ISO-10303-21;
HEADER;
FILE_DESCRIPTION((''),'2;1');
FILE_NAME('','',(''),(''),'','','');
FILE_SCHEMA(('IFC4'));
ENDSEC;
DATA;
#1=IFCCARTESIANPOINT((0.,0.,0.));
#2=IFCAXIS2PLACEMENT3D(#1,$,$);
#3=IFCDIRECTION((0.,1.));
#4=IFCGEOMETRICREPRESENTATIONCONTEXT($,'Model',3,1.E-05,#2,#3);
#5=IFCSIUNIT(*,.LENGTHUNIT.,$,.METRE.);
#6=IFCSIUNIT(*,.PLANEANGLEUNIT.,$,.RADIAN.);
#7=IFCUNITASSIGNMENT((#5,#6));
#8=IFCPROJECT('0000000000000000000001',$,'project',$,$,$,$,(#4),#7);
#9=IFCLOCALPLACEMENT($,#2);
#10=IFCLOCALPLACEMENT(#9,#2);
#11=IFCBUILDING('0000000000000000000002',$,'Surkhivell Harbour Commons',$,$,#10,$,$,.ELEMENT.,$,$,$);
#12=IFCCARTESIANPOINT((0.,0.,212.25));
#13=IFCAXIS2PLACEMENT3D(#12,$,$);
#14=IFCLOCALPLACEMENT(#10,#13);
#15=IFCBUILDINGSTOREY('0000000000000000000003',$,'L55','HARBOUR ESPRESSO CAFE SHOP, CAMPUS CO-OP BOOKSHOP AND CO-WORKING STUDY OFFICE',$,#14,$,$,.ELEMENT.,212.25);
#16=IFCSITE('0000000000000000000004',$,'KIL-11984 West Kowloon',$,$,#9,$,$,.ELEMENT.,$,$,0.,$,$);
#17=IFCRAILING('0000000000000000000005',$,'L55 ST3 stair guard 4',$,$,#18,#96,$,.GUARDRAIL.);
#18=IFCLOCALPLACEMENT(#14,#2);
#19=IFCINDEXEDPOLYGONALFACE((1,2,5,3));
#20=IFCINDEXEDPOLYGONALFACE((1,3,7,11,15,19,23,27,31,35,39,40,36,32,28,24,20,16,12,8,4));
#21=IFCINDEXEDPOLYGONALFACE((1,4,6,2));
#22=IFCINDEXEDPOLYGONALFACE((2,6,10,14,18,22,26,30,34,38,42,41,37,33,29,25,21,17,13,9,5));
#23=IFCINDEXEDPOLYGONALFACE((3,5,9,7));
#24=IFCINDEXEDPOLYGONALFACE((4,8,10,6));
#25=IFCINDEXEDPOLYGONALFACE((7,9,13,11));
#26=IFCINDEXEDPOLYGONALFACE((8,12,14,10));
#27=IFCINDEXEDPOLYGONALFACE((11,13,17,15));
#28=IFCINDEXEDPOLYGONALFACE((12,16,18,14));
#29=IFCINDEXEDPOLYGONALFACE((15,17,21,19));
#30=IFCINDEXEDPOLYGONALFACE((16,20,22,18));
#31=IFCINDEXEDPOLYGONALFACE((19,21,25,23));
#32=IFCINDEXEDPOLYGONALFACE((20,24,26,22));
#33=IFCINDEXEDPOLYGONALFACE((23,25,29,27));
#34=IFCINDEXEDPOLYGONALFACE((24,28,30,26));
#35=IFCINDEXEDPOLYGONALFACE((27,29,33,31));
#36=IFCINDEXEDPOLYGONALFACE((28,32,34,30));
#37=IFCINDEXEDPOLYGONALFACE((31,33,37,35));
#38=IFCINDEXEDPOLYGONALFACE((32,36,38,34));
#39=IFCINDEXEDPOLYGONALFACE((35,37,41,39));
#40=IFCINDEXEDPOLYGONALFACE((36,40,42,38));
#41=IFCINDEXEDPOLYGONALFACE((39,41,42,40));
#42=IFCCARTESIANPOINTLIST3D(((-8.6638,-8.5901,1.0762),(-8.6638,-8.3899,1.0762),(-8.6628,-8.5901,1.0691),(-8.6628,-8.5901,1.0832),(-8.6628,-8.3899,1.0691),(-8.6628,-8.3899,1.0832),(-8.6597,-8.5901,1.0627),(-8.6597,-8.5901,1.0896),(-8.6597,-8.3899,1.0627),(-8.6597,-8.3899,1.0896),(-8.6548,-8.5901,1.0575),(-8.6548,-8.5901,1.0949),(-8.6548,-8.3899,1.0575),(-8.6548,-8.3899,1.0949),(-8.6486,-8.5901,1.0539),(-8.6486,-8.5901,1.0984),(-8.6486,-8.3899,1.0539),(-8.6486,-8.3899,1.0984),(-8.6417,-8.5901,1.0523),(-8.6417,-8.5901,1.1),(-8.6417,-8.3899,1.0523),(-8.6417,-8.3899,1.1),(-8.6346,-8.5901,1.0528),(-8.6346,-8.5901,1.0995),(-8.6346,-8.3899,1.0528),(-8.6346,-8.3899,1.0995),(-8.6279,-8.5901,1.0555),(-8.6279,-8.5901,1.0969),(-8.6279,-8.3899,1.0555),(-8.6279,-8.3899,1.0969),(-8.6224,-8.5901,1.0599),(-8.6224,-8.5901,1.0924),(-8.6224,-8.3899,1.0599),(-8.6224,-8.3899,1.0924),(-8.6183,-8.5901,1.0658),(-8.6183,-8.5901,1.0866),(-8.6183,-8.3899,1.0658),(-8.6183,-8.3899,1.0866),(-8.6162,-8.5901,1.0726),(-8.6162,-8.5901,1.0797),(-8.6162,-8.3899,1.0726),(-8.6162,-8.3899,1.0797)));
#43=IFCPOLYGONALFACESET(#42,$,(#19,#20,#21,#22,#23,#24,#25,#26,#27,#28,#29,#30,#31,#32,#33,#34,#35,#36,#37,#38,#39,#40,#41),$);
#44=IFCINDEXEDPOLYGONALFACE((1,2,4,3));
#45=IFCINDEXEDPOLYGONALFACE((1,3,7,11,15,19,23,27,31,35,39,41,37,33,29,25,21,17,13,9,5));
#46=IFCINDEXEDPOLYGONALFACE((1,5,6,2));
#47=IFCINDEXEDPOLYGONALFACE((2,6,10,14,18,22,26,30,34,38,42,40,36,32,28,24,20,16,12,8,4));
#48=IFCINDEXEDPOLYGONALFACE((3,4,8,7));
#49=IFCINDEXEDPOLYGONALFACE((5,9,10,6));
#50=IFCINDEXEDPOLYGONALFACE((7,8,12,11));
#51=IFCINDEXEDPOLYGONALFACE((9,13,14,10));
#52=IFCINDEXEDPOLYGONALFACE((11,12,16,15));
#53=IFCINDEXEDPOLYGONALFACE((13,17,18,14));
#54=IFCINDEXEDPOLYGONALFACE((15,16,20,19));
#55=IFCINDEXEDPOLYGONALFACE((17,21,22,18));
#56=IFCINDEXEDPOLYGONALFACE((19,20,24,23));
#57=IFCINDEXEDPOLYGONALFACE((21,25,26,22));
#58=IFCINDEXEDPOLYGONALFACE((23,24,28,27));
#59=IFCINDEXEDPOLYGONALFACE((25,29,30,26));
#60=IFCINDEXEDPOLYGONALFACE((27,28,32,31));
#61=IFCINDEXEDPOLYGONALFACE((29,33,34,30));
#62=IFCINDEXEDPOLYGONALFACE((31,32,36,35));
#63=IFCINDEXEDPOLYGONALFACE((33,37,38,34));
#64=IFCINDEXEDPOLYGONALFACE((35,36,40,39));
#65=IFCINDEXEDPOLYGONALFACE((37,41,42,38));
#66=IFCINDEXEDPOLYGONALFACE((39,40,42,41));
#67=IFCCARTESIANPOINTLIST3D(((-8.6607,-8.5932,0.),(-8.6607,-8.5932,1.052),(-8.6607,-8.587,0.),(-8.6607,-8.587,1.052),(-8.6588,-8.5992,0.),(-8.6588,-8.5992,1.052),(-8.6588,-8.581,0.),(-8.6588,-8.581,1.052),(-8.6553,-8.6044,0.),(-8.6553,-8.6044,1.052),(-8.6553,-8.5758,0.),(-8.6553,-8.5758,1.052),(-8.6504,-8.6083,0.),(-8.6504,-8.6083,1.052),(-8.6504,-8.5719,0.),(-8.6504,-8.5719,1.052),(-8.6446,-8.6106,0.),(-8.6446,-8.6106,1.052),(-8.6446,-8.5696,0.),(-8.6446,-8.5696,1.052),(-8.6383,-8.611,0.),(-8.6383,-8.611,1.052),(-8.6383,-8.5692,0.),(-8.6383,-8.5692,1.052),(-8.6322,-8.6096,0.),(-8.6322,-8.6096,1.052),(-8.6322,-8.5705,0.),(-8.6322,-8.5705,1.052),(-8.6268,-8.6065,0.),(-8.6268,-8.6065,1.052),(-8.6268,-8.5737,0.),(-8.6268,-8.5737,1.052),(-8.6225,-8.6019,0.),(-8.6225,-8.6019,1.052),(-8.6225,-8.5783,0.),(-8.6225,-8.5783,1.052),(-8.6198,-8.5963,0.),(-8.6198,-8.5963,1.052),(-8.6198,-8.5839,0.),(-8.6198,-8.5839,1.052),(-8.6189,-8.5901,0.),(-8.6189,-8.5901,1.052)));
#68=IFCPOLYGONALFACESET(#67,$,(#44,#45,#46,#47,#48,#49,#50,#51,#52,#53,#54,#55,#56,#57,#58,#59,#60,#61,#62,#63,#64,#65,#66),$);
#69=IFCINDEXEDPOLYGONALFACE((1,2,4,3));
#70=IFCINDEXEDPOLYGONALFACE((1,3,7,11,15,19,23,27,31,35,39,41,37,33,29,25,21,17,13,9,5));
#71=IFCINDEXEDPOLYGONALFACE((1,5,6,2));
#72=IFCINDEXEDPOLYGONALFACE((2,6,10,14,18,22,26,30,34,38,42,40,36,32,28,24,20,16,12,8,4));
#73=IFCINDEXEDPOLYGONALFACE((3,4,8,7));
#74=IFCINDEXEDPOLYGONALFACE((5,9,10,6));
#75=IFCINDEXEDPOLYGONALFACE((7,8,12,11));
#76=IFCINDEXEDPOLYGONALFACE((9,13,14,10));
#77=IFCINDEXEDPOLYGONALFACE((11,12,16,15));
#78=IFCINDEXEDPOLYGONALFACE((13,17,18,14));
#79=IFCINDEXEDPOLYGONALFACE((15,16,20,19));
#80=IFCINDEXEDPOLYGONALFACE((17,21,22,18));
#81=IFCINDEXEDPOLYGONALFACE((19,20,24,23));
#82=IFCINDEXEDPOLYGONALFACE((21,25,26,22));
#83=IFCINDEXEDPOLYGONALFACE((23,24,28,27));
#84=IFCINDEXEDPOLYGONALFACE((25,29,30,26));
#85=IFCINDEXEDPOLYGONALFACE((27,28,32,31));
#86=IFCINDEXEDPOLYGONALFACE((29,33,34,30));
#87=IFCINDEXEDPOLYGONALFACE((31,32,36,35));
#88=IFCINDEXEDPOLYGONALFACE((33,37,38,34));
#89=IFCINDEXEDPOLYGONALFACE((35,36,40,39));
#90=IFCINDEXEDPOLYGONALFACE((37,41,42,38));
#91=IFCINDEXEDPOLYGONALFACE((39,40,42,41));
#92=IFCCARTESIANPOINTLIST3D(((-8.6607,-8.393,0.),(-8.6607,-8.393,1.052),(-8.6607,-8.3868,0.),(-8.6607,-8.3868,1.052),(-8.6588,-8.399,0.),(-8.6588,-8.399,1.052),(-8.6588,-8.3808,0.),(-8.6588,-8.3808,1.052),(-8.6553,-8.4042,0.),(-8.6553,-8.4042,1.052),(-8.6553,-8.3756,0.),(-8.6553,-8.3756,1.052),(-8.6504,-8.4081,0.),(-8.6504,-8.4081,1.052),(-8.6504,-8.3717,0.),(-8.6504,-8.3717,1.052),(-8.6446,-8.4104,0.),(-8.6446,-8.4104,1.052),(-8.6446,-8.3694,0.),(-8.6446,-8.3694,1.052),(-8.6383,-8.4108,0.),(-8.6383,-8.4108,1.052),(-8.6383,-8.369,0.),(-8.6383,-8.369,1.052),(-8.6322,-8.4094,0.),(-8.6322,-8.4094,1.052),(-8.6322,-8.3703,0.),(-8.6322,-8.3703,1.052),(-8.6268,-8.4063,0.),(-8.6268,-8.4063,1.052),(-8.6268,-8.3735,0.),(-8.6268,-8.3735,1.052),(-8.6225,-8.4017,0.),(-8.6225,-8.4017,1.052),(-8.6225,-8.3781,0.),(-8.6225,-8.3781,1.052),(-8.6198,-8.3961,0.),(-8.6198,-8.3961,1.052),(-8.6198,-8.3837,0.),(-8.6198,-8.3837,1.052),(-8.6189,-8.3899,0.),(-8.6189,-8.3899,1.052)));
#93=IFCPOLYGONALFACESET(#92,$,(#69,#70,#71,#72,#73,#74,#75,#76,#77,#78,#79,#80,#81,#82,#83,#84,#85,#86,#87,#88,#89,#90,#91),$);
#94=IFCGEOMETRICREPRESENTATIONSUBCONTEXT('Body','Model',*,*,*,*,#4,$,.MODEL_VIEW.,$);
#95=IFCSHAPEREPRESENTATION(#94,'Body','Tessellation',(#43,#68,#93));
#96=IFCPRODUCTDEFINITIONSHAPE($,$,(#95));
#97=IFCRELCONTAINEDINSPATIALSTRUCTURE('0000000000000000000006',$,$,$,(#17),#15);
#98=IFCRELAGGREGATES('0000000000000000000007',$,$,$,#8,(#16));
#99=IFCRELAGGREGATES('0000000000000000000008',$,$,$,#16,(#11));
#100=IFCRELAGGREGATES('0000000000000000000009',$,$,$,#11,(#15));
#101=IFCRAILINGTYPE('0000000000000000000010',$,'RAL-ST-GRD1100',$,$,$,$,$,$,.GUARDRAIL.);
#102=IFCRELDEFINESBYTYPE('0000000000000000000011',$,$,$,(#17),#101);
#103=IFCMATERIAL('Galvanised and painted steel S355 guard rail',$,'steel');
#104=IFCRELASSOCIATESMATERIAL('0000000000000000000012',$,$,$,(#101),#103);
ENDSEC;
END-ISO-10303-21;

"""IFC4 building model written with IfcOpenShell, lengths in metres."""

from ifc_helpers import new_model, si_unit, direction, frame, origin, origin_2d, place, context, subcontext, project, spatial, circle, extrude, material, type_object, element, save


model = new_model("IFC4")

# Units and contexts
model_context = context("Model", 3, precision=1e-05, world=origin(), true_north=direction((0.0, 1.0)))
body_context = subcontext(model_context, "Body", "Model", "MODEL_VIEW")
ifc_project = project(units=[si_unit("LENGTHUNIT", "METRE"), si_unit("PLANEANGLEUNIT", "RADIAN")], contexts=[model_context])

# Site, building, storey
site_placement = place(None, origin())
site = spatial("IfcSite", under=ifc_project, at=site_placement, Name="KIL-11984 West Kowloon", CompositionType="ELEMENT", RefElevation=0.0)
building_placement = place(site_placement, origin())
building = spatial("IfcBuilding", under=site, at=building_placement, Name="Surkhivell Harbour Commons", CompositionType="ELEMENT")
storey_placement = place(building_placement, frame((0.0, 0.0, 212.25)))
storey = spatial("IfcBuildingStorey", under=building, at=storey_placement, Name="L55", Description="HARBOUR ESPRESSO CAFE SHOP, CAMPUS CO-OP BOOKSHOP AND CO-WORKING STUDY OFFICE", CompositionType="ELEMENT", Elevation=212.25)

# Railing
ifc_material_1 = material(Name="Galvanised and painted steel S355 guard rail", Category="steel")
railing_type_1 = type_object("IfcRailingType", Name="RAL-ST-GRD1100", PredefinedType="GUARDRAIL", material=ifc_material_1)
railing_1_placement = place(storey_placement, frame((-8.6399, -8.5901, 0.0)))
element("IfcRailing", 1, at=railing_1_placement, inside=storey, type_object=railing_type_1, Name="L55 ST3 stair guard 4", PredefinedType="GUARDRAIL", context=body_context, shape_type="SweptSolid", body=[
    extrude(circle(Radius=0.0239, at=origin_2d()), frame((0.0, 0.0, 1.0762), z_axis=(0.0, 1.0, 0.0), x_axis=(-1.0, 0.0, 0.0)), (0.0, 0.0, 1.0), 0.2002),
    extrude(circle(Radius=0.021, at=origin_2d()), origin(), (0.0, 0.0, 1.0), 1.052),
    extrude(circle(Radius=0.021, at=origin_2d()), frame((0.0, 0.2002, 0.0)), (0.0, 0.0, 1.0), 1.052),
])

save(model, "model.ifc")
